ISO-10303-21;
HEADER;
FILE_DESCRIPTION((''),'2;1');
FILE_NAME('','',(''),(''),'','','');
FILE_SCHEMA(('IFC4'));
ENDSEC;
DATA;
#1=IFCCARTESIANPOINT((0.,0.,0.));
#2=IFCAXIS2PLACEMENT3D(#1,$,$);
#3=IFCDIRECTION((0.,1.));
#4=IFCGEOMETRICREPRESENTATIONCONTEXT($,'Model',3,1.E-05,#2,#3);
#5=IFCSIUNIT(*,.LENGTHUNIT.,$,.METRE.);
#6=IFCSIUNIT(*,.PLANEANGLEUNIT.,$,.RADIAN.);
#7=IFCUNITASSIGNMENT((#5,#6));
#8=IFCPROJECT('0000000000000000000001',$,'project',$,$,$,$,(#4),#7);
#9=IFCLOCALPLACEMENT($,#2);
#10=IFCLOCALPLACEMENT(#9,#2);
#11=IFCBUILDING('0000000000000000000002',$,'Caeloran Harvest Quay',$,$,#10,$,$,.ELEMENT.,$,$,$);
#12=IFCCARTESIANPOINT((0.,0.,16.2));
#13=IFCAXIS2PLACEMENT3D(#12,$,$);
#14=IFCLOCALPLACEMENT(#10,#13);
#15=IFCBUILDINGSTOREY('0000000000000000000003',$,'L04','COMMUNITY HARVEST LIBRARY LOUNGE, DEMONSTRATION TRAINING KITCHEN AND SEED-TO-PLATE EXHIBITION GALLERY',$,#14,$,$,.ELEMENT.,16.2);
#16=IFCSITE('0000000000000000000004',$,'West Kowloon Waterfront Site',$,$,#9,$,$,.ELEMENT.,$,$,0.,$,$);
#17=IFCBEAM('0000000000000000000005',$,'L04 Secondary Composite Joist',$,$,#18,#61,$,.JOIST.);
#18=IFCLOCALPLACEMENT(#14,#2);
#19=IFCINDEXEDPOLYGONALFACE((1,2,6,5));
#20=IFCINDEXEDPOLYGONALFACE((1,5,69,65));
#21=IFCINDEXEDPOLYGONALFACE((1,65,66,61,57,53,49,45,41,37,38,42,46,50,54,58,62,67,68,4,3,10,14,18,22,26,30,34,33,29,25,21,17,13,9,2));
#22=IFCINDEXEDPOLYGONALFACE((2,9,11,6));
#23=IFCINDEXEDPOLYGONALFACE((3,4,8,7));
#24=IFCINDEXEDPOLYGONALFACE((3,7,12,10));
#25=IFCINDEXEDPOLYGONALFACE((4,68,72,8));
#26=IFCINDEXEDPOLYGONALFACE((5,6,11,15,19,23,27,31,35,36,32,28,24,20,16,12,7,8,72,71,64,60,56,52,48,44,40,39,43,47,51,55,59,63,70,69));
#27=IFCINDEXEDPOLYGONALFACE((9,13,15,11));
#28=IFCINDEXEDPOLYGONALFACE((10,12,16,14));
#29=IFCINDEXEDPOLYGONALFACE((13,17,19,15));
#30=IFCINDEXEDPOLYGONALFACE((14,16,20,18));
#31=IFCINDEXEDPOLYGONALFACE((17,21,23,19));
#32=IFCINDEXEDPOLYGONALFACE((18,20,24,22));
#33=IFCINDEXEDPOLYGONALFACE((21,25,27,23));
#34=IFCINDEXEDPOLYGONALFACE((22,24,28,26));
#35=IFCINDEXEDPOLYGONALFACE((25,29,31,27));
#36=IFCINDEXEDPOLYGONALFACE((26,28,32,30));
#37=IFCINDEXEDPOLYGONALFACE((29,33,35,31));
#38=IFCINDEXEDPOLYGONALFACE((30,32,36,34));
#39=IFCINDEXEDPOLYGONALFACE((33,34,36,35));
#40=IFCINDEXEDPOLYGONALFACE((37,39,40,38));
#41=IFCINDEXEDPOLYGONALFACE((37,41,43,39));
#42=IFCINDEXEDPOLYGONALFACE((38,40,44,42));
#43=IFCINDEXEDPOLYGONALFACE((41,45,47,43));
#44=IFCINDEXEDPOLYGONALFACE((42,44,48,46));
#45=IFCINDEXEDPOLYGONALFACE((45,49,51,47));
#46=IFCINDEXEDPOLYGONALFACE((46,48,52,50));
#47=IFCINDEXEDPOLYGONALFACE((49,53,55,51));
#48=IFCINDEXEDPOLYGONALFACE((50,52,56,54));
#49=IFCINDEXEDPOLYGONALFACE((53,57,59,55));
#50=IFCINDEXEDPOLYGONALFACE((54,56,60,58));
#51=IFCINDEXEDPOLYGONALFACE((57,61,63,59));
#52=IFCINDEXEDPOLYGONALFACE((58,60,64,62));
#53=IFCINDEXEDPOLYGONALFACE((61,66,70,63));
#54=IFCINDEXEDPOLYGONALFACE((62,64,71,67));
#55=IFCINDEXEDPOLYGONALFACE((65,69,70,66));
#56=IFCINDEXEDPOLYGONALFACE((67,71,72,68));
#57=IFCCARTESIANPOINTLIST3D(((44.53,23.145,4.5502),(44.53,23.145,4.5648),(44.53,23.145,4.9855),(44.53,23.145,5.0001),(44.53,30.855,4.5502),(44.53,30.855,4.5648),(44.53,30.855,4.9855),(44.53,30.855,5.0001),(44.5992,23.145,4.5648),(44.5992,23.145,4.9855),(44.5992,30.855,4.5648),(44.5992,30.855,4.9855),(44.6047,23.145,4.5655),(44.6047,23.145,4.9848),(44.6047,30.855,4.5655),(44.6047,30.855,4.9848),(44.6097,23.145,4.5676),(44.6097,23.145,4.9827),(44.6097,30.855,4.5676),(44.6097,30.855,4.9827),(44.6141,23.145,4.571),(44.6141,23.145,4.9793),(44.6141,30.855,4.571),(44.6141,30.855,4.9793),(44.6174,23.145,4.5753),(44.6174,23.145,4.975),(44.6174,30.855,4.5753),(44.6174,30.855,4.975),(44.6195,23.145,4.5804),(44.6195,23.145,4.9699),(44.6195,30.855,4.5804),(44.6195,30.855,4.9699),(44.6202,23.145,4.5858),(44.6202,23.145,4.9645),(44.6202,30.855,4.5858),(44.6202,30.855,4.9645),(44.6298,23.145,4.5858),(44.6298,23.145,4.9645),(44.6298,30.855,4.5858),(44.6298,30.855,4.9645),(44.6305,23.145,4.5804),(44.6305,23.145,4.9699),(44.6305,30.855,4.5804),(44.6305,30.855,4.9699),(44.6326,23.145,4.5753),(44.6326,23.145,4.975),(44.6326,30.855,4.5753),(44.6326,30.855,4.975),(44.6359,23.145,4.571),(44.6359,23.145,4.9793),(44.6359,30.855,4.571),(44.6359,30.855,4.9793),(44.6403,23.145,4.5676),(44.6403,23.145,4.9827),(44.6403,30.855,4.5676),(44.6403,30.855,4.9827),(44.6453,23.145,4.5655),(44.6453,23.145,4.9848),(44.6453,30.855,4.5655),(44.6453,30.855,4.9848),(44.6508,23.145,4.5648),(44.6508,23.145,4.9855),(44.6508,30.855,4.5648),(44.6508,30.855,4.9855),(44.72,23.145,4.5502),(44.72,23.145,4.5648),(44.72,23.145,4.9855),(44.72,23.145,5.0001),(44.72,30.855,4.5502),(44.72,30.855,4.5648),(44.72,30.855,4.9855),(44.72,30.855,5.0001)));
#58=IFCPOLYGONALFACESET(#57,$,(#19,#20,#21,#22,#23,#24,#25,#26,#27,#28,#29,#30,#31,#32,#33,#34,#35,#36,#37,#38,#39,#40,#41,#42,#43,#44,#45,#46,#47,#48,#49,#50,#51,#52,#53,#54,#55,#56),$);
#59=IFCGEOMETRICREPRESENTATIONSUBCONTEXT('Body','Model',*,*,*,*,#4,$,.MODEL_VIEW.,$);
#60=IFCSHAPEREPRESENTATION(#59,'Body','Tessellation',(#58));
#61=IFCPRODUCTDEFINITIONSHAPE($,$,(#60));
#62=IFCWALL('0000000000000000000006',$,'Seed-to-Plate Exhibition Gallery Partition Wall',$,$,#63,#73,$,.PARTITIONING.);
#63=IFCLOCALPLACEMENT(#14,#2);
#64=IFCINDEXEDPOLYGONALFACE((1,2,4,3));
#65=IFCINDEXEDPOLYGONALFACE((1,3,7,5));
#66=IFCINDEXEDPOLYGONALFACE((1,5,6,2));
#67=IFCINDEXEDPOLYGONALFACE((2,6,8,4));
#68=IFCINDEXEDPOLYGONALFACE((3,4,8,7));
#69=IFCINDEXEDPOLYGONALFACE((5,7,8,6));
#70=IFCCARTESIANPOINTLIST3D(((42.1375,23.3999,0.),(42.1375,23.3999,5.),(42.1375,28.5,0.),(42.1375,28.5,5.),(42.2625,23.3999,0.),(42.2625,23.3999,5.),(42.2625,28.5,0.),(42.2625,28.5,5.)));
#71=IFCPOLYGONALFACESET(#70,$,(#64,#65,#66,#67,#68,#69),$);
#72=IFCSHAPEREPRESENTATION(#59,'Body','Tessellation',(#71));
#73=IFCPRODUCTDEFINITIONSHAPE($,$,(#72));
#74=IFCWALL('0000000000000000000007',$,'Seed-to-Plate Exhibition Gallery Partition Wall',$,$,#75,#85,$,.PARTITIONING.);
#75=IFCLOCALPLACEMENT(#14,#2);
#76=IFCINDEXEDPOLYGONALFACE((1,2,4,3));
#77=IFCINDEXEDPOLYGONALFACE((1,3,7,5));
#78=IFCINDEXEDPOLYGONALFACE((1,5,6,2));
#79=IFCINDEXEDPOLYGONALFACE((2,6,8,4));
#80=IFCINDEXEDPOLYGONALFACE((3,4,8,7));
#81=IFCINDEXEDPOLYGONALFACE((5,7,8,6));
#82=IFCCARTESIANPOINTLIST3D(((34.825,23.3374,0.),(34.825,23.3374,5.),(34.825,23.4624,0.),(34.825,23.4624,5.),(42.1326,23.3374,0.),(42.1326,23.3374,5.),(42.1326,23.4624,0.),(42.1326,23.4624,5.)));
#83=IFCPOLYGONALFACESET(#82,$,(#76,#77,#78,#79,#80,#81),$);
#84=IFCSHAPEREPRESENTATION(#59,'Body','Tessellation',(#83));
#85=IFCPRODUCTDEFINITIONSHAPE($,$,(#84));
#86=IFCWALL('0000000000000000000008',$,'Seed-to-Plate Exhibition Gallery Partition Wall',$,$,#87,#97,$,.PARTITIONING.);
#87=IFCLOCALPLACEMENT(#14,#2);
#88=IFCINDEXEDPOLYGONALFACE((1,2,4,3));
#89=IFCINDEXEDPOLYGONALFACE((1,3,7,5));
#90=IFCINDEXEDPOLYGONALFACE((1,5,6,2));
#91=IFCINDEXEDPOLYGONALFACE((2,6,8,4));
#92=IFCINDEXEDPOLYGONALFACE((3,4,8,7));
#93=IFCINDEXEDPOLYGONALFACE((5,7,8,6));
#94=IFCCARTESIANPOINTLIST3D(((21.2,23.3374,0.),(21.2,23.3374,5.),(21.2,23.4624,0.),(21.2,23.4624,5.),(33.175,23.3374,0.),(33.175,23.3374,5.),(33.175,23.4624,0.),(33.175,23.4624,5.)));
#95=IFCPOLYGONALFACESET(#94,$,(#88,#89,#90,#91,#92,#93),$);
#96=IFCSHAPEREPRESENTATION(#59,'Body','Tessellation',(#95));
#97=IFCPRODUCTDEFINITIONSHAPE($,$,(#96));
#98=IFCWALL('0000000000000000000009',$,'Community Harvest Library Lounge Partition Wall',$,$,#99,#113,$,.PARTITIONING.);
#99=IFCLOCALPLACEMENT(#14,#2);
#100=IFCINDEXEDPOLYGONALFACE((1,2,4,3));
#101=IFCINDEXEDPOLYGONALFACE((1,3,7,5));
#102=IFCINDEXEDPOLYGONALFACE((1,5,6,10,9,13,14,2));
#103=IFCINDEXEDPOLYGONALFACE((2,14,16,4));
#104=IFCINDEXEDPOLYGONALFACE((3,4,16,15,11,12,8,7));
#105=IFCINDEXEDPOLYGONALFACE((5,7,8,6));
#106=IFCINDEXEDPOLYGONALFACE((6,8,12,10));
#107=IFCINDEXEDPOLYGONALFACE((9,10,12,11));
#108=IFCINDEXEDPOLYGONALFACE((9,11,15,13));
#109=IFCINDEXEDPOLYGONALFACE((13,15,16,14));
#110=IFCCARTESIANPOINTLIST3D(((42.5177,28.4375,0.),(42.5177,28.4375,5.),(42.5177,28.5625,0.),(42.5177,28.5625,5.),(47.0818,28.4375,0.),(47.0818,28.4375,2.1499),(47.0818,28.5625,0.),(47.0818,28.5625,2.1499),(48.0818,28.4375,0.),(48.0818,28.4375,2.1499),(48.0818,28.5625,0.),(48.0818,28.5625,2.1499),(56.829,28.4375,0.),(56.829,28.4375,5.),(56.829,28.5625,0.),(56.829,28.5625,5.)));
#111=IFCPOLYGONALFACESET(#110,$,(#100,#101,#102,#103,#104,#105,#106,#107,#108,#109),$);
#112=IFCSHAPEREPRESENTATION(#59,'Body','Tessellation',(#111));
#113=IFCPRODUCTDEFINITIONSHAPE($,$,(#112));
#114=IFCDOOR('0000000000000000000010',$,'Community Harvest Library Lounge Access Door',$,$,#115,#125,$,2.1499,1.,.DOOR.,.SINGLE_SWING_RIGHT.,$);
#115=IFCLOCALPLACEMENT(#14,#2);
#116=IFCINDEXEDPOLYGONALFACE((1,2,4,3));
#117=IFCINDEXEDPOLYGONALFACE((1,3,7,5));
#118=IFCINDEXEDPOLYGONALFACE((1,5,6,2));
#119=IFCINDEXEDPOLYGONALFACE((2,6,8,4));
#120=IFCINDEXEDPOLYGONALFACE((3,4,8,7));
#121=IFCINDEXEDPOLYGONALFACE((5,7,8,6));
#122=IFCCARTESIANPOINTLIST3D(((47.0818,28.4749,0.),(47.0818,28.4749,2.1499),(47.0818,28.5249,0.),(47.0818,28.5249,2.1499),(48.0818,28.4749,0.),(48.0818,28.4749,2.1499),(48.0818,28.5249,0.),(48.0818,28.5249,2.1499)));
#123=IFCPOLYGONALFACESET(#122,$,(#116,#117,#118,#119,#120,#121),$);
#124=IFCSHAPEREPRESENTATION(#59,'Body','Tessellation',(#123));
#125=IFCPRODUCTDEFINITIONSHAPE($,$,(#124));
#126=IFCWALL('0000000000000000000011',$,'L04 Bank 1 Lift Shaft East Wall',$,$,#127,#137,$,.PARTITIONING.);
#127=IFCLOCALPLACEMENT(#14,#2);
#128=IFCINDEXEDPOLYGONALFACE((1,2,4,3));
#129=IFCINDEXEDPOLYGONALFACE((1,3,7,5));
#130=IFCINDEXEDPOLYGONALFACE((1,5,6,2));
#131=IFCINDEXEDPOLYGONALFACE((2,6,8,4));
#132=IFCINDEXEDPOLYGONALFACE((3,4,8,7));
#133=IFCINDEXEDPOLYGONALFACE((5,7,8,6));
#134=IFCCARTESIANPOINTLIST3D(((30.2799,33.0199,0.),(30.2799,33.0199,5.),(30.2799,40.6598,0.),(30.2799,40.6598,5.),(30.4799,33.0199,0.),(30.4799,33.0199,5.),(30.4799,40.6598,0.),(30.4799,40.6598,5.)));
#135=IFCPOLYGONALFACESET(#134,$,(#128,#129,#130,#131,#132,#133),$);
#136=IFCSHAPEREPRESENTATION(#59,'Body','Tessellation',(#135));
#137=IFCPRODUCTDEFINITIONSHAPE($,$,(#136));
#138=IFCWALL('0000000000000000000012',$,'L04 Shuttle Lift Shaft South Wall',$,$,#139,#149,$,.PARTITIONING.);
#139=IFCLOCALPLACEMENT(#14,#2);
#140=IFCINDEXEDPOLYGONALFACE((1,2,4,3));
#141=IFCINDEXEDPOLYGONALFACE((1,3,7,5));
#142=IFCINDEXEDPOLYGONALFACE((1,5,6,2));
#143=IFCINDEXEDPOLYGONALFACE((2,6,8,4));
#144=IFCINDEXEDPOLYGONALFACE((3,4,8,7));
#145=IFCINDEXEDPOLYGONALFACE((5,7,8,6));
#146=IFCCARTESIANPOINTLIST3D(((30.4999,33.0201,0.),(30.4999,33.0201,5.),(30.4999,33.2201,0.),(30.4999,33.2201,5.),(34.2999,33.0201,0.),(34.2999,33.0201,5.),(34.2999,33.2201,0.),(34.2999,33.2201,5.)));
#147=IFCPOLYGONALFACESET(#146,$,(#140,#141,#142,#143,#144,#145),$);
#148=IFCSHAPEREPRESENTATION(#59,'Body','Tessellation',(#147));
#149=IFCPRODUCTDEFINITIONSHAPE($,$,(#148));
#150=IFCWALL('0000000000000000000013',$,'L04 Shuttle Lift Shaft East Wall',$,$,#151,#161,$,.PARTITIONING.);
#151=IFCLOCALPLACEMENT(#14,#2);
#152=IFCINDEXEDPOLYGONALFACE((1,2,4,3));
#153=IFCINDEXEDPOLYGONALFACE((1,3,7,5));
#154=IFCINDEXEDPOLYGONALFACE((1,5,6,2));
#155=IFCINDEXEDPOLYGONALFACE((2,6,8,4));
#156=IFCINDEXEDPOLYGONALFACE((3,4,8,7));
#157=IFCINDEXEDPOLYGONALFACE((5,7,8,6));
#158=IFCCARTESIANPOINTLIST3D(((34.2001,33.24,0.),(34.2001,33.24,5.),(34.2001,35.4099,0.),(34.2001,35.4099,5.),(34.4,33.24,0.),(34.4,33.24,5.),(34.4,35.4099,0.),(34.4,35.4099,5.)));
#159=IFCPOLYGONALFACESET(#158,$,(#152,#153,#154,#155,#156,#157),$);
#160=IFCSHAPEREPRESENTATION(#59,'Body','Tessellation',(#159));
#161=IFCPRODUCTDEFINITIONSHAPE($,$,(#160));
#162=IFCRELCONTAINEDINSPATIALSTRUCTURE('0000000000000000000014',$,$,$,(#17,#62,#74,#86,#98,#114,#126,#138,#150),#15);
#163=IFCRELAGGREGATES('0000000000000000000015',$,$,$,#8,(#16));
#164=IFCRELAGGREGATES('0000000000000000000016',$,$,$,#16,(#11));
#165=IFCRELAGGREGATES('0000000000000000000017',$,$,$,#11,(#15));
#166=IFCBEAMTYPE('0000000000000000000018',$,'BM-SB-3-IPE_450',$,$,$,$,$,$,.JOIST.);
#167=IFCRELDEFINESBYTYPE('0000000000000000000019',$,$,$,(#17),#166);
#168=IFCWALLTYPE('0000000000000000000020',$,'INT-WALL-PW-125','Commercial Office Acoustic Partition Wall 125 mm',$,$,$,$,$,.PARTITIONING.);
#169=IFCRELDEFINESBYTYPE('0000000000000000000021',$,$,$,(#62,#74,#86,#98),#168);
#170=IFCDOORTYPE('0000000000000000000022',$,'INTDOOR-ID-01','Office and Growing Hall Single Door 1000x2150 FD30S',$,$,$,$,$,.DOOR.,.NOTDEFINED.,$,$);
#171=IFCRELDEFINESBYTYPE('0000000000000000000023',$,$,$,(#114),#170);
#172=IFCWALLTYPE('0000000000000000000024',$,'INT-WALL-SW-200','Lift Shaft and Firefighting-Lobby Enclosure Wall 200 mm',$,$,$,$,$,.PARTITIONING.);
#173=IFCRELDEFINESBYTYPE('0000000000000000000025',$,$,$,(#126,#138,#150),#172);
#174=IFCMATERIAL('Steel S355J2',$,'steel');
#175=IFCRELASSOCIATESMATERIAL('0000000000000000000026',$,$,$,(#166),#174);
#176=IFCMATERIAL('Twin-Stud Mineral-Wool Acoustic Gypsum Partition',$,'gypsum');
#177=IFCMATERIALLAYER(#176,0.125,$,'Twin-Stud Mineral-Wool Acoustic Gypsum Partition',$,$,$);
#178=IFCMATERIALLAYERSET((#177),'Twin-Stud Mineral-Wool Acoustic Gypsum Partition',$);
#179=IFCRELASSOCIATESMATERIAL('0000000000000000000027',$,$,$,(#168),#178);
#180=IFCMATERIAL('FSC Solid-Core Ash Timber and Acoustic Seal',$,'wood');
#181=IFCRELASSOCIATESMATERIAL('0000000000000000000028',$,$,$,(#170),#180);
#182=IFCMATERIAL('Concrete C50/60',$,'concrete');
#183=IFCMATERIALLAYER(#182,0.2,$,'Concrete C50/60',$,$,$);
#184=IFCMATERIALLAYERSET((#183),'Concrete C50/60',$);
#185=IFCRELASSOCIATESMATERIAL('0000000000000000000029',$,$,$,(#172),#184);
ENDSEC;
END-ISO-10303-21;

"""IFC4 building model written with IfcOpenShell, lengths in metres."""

from ifc_helpers import new_model, si_unit, direction, frame, frame_2d, origin, origin_2d, place, context, subcontext, project, spatial, rectangle, i_section, extrude, material, layer, layer_set, material_profile, profile_set, type_object, element, fill, save


model = new_model("IFC4")

# Units and contexts
model_context = context("Model", 3, precision=1e-05, world=origin(), true_north=direction((0.0, 1.0)))
body_context = subcontext(model_context, "Body", "Model", "MODEL_VIEW")
ifc_project = project(units=[si_unit("LENGTHUNIT", "METRE"), si_unit("PLANEANGLEUNIT", "RADIAN")], contexts=[model_context])

# Site, building, storey
site_placement = place(None, origin())
site = spatial("IfcSite", under=ifc_project, at=site_placement, Name="West Kowloon Waterfront Site", CompositionType="ELEMENT", RefElevation=0.0)
building_placement = place(site_placement, origin())
building = spatial("IfcBuilding", under=site, at=building_placement, Name="Caeloran Harvest Quay", CompositionType="ELEMENT")
storey_placement = place(building_placement, frame((0.0, 0.0, 16.2)))
storey = spatial("IfcBuildingStorey", under=building, at=storey_placement, Name="L04", Description="COMMUNITY HARVEST LIBRARY LOUNGE, DEMONSTRATION TRAINING KITCHEN AND SEED-TO-PLATE EXHIBITION GALLERY", CompositionType="ELEMENT", Elevation=16.2)

# Beam
ifc_material_1 = material(Name="Steel S355J2", Category="steel")
ifc_material_profile_1 = material_profile(ifc_material_1, i_section(OverallWidth=0.1899, OverallDepth=0.45, WebThickness=0.0095, FlangeThickness=0.0146, FilletRadius=0.021, at=origin_2d()), Name="IPE 450")
ifc_profile_set_1 = profile_set([ifc_material_profile_1], Name="Steel S355J2")
beam_type_1 = type_object("IfcBeamType", Name="BM-SB-3-IPE_450", PredefinedType="JOIST", material=ifc_profile_set_1)
for number, where, z_axis, x_axis, name in (
    (1, (44.625, 23.145, 4.7751), (0.0, 1.0, 0.0), (-1.0, 0.0, 0.0), "L04 Secondary Composite Joist"),
):
    element("IfcBeam", number, at=place(storey_placement, frame(where, z_axis=z_axis, x_axis=x_axis)), inside=storey, type_object=beam_type_1, Name=name, PredefinedType="JOIST", context=body_context, shape_type="SweptSolid", body=[
        extrude(i_section(OverallWidth=0.1899, OverallDepth=0.45, WebThickness=0.0095, FlangeThickness=0.0146, FilletRadius=0.021, at=origin_2d()), origin(), (0.0, 0.0, 1.0), 7.71),
    ])

# Walls
ifc_material_2 = material(Name="Twin-Stud Mineral-Wool Acoustic Gypsum Partition", Category="gypsum")
ifc_layer_1 = layer(ifc_material_2, 0.125, Name="Twin-Stud Mineral-Wool Acoustic Gypsum Partition")
ifc_layer_set_1 = layer_set([ifc_layer_1], Name="Twin-Stud Mineral-Wool Acoustic Gypsum Partition")
wall_type_1 = type_object("IfcWallType", Name="INT-WALL-PW-125", Description="Commercial Office Acoustic Partition Wall 125 mm", PredefinedType="PARTITIONING", material=ifc_layer_set_1)
wall_1_placement = place(storey_placement, frame((42.2, 28.5, 0.0), z_axis=(0.0, 0.0, 1.0), x_axis=(0.0, -1.0, 0.0)))
element("IfcWall", 2, at=wall_1_placement, inside=storey, type_object=wall_type_1, Name="Seed-to-Plate Exhibition Gallery Partition Wall", PredefinedType="PARTITIONING", context=body_context, shape_type="SweptSolid", body=[
    extrude(rectangle(XDim=5.1001, YDim=0.125, at=frame_2d((2.55, 0.0))), origin(), (0.0, 0.0, 1.0), 5.0),
])
wall_2_placement = place(storey_placement, frame((42.1326, 23.3999, 0.0), z_axis=(0.0, 0.0, 1.0), x_axis=(-1.0, 0.0, 0.0)))
element("IfcWall", 3, at=wall_2_placement, inside=storey, type_object=wall_type_1, Name="Seed-to-Plate Exhibition Gallery Partition Wall", PredefinedType="PARTITIONING", context=body_context, shape_type="SweptSolid", body=[
    extrude(rectangle(XDim=7.3076, YDim=0.125, at=frame_2d((3.6538, 0.0))), origin(), (0.0, 0.0, 1.0), 5.0),
])
wall_3_placement = place(storey_placement, frame((33.175, 23.3999, 0.0), z_axis=(0.0, 0.0, 1.0), x_axis=(-1.0, 0.0, 0.0)))
element("IfcWall", 4, at=wall_3_placement, inside=storey, type_object=wall_type_1, Name="Seed-to-Plate Exhibition Gallery Partition Wall", PredefinedType="PARTITIONING", context=body_context, shape_type="SweptSolid", body=[
    extrude(rectangle(XDim=11.9751, YDim=0.125, at=frame_2d((5.9875, 0.0))), origin(), (0.0, 0.0, 1.0), 5.0),
])

# Wall, opening, door
wall_4_placement = place(storey_placement, frame((42.5176, 28.5, 0.0), z_axis=(0.0, 0.0, 1.0), x_axis=(1.0, 0.0, 0.0)))
wall_4 = element("IfcWall", 5, at=wall_4_placement, inside=storey, type_object=wall_type_1, Name="Community Harvest Library Lounge Partition Wall", PredefinedType="PARTITIONING", context=body_context, shape_type="SweptSolid", body=[
    extrude(rectangle(XDim=14.3113, YDim=0.125, at=frame_2d((7.1558, 0.0))), origin(), (0.0, 0.0, 1.0), 5.0),
])
opening_placement = place(wall_4_placement, frame((4.5642, 0.0, 0.0)))
opening = element("IfcOpeningElement", 6, at=opening_placement, cuts=wall_4, PredefinedType="OPENING", context=body_context, shape_type="SweptSolid", body=[
    extrude(rectangle(XDim=1.0, YDim=2.1499, at=frame_2d((0.5, 1.075))), frame((0.0, 0.0725, 0.0), z_axis=(0.0, -1.0, 0.0), x_axis=(1.0, 0.0, 0.0)), (0.0, 0.0, 1.0), 0.145),
])
ifc_material_3 = material(Name="FSC Solid-Core Ash Timber and Acoustic Seal", Category="wood")
door_type = type_object("IfcDoorType", Name="INTDOOR-ID-01", Description="Office and Growing Hall Single Door 1000x2150 FD30S", OperationType="NOTDEFINED", PredefinedType="DOOR", material=ifc_material_3)
door_placement = place(opening_placement, origin())
door = element("IfcDoor", 7, at=door_placement, inside=storey, type_object=door_type, Name="Community Harvest Library Lounge Access Door", OperationType="SINGLE_SWING_RIGHT", OverallHeight=2.1499, OverallWidth=1.0, PredefinedType="DOOR", context=body_context, shape_type="SweptSolid", body=[
    extrude(rectangle(XDim=1.0, YDim=2.1499, at=frame_2d((0.5, 1.075))), frame((0.0, 0.0249, 0.0), z_axis=(0.0, -1.0, 0.0), x_axis=(1.0, 0.0, 0.0)), (0.0, 0.0, 1.0), 0.05),
])
fill(opening, door)

# Walls
ifc_material_4 = material(Name="Concrete C50/60", Category="concrete")
ifc_layer_2 = layer(ifc_material_4, 0.2, Name="Concrete C50/60")
ifc_layer_set_2 = layer_set([ifc_layer_2], Name="Concrete C50/60")
wall_type_2 = type_object("IfcWallType", Name="INT-WALL-SW-200", Description="Lift Shaft and Firefighting-Lobby Enclosure Wall 200 mm", PredefinedType="PARTITIONING", material=ifc_layer_set_2)
wall_5_placement = place(storey_placement, frame((30.3799, 33.02, 0.0), z_axis=(0.0, 0.0, 1.0), x_axis=(0.0, 1.0, 0.0)))
element("IfcWall", 8, at=wall_5_placement, inside=storey, type_object=wall_type_2, Name="L04 Bank 1 Lift Shaft East Wall", PredefinedType="PARTITIONING", context=body_context, shape_type="SweptSolid", body=[
    extrude(rectangle(XDim=7.6399, YDim=0.2, at=frame_2d((3.8198, 0.0))), origin(), (0.0, 0.0, 1.0), 5.0),
])
wall_6_placement = place(storey_placement, frame((30.5, 33.1201, 0.0), z_axis=(0.0, 0.0, 1.0), x_axis=(1.0, 0.0, 0.0)))
element("IfcWall", 9, at=wall_6_placement, inside=storey, type_object=wall_type_2, Name="L04 Shuttle Lift Shaft South Wall", PredefinedType="PARTITIONING", context=body_context, shape_type="SweptSolid", body=[
    extrude(rectangle(XDim=3.8, YDim=0.2, at=frame_2d((1.8999, 0.0))), origin(), (0.0, 0.0, 1.0), 5.0),
])
wall_7_placement = place(storey_placement, frame((34.3, 33.24, 0.0), z_axis=(0.0, 0.0, 1.0), x_axis=(0.0, 1.0, 0.0)))
element("IfcWall", 10, at=wall_7_placement, inside=storey, type_object=wall_type_2, Name="L04 Shuttle Lift Shaft East Wall", PredefinedType="PARTITIONING", context=body_context, shape_type="SweptSolid", body=[
    extrude(rectangle(XDim=2.1699, YDim=0.2, at=frame_2d((1.085, 0.0))), origin(), (0.0, 0.0, 1.0), 5.0),
])

save(model, "model.ifc")
